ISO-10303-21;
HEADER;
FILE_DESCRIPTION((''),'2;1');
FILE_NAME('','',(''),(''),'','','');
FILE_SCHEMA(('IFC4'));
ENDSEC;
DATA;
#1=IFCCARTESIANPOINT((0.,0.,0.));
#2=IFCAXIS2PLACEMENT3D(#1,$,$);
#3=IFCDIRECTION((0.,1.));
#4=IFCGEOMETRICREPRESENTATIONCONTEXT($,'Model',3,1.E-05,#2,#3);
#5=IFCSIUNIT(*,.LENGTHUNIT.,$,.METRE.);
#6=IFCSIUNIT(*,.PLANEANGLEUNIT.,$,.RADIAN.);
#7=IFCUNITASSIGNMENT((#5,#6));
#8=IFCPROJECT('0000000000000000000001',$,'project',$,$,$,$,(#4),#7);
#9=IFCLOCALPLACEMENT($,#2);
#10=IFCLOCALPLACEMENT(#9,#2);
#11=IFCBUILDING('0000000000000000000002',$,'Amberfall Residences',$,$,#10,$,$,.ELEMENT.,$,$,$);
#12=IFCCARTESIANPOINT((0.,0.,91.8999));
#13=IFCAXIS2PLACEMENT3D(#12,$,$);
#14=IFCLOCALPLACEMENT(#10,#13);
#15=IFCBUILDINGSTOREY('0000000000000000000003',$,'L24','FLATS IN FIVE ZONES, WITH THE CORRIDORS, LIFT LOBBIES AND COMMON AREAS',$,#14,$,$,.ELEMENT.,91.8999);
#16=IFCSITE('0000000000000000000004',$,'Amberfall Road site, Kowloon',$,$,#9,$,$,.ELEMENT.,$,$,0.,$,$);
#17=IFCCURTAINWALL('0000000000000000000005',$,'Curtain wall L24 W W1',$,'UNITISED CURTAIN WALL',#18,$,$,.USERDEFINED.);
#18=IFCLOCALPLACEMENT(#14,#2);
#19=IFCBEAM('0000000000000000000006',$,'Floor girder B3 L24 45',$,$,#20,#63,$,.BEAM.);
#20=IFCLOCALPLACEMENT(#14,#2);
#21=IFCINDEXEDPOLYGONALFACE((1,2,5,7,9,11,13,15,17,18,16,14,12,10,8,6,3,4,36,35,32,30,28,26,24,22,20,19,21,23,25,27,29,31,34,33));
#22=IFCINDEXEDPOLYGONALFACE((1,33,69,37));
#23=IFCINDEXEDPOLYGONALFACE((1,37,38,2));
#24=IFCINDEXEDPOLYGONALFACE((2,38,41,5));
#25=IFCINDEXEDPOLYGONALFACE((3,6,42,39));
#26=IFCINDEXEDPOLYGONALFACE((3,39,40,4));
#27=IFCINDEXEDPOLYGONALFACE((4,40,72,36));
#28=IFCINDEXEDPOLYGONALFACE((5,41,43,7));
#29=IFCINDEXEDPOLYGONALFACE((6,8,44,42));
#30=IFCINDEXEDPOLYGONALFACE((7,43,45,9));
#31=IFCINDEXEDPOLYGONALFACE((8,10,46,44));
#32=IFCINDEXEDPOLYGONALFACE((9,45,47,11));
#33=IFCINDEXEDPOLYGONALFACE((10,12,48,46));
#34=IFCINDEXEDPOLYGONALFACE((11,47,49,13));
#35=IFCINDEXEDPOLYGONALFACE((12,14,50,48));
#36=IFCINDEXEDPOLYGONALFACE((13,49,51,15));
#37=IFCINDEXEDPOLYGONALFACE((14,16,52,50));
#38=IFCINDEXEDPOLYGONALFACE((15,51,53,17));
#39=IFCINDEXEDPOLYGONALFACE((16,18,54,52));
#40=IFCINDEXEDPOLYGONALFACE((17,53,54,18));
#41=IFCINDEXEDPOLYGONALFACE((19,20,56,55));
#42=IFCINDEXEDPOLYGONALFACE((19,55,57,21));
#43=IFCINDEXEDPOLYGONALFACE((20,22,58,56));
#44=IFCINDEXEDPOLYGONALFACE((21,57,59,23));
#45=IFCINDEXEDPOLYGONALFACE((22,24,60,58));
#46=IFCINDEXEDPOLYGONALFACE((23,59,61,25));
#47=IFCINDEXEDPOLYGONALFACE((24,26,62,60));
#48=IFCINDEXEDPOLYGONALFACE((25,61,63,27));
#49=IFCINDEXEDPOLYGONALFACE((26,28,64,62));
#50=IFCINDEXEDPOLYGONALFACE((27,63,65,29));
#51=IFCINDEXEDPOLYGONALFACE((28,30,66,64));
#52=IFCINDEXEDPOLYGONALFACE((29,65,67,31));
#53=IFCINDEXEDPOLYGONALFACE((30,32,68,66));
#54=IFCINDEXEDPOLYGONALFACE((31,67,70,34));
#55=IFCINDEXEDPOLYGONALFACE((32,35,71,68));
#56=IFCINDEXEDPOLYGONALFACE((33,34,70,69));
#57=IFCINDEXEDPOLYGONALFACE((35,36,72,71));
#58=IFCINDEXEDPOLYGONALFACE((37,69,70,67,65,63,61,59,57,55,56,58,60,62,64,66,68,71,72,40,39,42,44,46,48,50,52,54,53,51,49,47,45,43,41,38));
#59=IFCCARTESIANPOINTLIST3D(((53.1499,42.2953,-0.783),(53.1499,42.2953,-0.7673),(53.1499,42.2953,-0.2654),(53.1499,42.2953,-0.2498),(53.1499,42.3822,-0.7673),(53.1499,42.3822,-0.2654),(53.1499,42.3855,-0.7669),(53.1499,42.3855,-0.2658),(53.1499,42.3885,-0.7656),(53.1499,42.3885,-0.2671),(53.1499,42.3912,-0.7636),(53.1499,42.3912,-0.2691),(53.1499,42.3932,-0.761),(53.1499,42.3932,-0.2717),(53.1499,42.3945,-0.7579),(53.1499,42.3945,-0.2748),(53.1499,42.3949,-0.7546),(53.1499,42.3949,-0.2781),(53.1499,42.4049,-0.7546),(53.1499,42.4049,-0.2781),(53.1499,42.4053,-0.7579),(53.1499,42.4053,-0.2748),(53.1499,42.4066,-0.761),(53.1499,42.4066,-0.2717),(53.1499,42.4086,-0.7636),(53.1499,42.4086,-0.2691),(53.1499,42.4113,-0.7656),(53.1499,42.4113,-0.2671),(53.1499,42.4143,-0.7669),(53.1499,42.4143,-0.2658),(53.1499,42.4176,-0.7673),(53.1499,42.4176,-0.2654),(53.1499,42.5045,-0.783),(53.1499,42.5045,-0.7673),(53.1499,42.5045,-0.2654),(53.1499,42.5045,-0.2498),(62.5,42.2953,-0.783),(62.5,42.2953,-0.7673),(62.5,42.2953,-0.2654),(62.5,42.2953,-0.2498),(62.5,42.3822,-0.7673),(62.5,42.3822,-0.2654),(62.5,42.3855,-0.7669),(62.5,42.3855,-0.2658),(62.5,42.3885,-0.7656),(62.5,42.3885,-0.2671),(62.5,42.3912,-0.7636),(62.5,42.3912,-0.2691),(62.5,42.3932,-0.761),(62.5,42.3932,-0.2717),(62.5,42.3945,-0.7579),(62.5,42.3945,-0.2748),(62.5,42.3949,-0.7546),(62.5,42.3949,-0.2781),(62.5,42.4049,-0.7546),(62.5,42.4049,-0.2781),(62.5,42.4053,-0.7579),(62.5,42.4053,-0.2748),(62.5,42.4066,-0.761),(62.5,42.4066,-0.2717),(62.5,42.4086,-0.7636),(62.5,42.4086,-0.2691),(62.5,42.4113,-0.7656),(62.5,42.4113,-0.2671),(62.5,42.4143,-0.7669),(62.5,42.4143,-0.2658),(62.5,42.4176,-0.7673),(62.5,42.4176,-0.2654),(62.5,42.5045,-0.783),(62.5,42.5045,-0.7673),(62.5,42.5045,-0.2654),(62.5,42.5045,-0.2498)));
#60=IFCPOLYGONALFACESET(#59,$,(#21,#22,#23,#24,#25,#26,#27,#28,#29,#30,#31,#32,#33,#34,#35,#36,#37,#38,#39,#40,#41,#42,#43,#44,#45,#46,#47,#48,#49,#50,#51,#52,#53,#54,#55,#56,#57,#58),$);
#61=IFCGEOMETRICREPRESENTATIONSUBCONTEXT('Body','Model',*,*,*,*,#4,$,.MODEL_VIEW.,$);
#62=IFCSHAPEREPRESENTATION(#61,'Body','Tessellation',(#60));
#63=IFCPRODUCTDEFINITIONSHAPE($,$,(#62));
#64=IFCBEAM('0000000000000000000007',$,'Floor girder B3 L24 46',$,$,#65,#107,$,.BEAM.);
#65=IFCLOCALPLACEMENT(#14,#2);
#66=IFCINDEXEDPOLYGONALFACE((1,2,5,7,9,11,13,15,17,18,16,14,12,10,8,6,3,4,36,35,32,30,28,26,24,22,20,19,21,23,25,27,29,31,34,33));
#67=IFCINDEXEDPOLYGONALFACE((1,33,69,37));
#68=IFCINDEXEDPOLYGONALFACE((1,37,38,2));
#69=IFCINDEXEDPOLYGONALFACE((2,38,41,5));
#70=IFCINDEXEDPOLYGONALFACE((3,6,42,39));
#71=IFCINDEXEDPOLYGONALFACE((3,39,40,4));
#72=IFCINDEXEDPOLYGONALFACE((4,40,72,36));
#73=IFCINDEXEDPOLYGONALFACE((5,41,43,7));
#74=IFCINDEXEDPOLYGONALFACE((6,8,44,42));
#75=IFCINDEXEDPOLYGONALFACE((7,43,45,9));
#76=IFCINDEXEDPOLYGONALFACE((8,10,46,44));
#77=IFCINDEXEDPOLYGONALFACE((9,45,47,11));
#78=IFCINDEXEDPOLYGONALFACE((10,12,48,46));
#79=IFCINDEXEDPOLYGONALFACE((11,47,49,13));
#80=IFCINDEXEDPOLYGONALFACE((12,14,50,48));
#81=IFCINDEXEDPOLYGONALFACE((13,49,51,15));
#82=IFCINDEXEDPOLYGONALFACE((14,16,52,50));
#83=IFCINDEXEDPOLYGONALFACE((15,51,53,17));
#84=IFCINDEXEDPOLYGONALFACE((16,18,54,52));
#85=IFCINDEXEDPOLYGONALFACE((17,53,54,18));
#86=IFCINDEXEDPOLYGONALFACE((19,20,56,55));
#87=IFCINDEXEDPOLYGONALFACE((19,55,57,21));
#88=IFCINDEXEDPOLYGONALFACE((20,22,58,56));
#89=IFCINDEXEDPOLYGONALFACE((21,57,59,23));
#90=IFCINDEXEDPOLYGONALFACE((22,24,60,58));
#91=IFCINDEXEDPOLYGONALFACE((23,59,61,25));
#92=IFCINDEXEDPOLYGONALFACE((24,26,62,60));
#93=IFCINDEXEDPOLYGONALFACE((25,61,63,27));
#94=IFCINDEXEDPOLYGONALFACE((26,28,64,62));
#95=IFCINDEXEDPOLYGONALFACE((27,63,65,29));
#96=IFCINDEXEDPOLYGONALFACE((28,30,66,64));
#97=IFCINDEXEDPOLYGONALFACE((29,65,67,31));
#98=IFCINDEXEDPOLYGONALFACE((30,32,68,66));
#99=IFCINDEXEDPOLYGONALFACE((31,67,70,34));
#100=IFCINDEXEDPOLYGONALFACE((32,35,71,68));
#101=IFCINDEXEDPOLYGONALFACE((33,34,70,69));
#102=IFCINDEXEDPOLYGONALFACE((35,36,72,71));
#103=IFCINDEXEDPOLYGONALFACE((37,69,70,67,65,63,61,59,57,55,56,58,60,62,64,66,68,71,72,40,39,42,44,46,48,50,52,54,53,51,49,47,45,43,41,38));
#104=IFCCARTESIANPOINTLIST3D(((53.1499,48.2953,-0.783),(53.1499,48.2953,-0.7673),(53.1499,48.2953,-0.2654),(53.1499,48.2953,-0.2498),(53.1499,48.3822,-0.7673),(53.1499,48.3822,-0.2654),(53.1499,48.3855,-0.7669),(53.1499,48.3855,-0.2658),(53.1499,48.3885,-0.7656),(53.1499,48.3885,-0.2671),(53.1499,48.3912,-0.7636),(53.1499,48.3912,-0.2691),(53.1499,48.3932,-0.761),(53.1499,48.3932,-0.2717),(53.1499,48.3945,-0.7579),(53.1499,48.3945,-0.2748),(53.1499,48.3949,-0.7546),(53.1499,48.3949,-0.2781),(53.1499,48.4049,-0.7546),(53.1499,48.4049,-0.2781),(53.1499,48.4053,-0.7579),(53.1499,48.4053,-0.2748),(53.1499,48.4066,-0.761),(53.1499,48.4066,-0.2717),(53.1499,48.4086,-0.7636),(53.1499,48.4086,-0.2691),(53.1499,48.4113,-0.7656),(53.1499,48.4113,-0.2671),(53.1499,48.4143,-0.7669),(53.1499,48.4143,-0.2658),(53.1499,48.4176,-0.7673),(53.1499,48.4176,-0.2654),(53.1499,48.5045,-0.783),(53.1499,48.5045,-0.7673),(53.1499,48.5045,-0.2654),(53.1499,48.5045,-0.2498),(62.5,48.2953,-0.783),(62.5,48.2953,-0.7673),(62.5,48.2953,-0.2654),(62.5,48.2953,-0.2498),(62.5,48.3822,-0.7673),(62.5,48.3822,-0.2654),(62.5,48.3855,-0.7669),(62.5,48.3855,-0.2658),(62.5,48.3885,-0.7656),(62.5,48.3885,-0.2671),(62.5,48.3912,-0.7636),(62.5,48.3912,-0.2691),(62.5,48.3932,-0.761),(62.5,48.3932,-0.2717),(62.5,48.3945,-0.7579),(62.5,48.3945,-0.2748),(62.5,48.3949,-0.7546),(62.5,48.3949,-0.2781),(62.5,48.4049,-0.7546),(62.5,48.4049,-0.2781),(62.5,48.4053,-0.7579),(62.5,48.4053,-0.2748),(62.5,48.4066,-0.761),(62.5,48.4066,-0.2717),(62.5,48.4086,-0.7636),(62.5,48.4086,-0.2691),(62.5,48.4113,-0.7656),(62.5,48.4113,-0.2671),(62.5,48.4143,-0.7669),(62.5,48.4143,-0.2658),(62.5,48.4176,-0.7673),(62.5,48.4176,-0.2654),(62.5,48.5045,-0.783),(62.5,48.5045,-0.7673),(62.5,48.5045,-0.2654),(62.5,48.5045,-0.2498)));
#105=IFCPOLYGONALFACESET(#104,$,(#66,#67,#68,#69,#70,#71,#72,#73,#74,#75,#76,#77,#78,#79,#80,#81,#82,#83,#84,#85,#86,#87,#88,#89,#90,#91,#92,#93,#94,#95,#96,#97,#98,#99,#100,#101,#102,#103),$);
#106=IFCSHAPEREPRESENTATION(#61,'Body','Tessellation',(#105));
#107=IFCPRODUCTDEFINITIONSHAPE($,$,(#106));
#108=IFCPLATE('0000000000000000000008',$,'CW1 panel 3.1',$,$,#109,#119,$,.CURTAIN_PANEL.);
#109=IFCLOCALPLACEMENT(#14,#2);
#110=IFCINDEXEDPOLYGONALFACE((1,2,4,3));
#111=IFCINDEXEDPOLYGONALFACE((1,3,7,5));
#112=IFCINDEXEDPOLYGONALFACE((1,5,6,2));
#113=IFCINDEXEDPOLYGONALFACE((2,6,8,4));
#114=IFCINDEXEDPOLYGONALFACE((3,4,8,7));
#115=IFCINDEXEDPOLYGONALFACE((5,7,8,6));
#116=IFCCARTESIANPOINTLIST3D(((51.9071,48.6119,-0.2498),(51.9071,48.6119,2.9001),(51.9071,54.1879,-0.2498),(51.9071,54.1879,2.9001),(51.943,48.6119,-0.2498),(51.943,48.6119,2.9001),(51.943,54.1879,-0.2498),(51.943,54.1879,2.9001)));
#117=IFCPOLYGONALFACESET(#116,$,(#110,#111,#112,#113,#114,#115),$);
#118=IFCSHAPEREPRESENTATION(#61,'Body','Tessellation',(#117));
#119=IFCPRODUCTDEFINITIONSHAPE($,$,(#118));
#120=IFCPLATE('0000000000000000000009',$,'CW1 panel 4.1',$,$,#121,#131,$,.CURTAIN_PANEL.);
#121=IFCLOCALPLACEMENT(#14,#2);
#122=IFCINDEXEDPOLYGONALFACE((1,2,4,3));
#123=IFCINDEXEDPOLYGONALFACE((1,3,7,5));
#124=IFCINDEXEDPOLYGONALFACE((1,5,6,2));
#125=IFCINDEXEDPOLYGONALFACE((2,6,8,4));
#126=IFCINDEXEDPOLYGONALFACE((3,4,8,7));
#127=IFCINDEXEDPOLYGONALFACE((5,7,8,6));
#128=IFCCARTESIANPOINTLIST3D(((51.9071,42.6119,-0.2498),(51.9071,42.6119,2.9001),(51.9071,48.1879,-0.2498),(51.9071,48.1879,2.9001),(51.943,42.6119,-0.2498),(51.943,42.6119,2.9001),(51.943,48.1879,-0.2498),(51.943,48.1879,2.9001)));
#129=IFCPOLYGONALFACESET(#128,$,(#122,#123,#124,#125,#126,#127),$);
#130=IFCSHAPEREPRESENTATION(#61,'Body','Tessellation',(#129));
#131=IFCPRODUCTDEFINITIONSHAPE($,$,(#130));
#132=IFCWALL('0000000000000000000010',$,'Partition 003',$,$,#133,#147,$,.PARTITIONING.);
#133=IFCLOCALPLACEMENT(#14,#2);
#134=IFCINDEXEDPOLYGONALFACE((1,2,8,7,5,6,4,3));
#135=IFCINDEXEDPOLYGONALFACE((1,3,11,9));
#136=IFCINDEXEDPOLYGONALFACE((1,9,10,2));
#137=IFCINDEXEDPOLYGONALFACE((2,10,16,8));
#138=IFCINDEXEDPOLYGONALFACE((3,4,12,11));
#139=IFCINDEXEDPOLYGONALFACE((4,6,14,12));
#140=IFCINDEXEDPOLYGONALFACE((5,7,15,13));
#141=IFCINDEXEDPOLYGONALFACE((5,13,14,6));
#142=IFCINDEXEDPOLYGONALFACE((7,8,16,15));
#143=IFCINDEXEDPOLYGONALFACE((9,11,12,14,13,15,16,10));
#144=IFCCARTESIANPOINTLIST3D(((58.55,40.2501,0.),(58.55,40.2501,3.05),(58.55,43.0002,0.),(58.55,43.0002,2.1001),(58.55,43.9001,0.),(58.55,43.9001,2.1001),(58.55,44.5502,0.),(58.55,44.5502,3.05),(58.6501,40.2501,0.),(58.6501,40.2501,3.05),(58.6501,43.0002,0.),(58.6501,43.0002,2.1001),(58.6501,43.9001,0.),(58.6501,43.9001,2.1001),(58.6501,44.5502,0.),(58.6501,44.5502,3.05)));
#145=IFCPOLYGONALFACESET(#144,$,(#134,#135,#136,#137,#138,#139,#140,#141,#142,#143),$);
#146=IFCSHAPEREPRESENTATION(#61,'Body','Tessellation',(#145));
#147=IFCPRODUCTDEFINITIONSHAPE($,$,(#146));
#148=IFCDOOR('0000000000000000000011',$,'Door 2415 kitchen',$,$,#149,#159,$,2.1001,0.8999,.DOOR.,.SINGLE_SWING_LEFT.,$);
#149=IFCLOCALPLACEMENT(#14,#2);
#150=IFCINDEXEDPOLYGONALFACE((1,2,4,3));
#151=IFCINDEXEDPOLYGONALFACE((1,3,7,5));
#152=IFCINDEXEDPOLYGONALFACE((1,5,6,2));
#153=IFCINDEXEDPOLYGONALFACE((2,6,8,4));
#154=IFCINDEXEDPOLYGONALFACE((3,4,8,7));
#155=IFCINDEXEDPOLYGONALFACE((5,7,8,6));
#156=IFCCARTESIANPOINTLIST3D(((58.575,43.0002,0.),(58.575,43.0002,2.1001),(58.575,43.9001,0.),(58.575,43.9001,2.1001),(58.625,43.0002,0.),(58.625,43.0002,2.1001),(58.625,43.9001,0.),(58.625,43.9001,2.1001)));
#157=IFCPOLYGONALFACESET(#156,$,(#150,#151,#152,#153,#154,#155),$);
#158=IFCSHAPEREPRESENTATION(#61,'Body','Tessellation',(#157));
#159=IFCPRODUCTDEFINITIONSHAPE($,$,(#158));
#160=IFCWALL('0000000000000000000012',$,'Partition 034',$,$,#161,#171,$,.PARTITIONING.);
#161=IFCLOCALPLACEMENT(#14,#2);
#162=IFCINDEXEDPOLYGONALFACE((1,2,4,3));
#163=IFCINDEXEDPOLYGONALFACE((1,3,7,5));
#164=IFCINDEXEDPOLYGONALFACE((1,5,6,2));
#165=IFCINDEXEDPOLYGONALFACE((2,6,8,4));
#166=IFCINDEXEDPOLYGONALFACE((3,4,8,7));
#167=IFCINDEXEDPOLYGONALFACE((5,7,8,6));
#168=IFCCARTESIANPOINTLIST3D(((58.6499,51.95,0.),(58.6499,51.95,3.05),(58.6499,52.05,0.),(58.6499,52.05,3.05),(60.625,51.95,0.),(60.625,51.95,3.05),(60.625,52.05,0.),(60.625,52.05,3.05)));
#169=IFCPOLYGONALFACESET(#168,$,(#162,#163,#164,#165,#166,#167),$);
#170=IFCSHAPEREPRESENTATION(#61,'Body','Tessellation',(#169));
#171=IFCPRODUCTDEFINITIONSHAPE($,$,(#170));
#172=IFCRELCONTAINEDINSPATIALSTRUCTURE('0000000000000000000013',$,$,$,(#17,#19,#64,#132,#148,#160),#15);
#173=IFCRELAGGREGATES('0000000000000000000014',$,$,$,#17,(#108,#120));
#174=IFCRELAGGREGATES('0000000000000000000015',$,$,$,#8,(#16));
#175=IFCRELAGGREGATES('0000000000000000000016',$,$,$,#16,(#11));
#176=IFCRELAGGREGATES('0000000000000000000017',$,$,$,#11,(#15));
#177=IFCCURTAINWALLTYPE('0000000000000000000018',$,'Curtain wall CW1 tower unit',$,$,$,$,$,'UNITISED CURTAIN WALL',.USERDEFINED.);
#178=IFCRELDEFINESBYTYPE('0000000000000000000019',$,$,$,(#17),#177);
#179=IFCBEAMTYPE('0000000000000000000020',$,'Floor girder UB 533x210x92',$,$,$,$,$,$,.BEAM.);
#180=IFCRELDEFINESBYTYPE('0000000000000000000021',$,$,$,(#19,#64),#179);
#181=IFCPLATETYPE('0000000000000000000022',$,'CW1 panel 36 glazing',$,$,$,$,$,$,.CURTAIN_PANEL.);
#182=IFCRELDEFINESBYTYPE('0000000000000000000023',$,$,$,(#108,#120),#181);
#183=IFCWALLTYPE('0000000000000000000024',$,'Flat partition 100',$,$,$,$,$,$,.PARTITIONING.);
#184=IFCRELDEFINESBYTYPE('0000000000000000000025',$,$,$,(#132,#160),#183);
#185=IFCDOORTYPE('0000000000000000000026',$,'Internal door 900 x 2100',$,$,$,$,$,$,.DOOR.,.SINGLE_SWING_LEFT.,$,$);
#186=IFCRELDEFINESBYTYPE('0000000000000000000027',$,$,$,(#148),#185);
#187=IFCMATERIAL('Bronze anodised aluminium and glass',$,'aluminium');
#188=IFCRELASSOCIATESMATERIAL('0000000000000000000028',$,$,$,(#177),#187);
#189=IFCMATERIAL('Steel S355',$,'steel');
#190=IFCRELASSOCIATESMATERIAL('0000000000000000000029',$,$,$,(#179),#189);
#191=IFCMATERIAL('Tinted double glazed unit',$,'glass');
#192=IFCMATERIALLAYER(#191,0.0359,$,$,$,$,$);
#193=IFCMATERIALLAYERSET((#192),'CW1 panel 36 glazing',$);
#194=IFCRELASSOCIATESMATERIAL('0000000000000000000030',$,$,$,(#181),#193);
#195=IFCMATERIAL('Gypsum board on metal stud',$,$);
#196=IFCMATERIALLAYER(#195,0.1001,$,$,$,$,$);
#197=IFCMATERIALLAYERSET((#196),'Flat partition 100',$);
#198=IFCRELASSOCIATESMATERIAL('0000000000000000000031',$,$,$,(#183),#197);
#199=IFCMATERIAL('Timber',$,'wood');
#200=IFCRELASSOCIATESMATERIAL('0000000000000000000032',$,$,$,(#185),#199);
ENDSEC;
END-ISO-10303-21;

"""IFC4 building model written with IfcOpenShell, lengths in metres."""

from ifc_helpers import new_model, si_unit, direction, frame, frame_2d, origin, origin_2d, place, context, subcontext, project, spatial, rectangle, i_section, extrude, material, layer, layer_set, material_profile, profile_set, type_object, element, fill, aggregate, save


model = new_model("IFC4")

# Units and contexts
model_context = context("Model", 3, precision=1e-05, world=origin(), true_north=direction((0.0, 1.0)))
body_context = subcontext(model_context, "Body", "Model", "MODEL_VIEW")
ifc_project = project(units=[si_unit("LENGTHUNIT", "METRE"), si_unit("PLANEANGLEUNIT", "RADIAN")], contexts=[model_context])

# Site, building, storey
site_placement = place(None, origin())
site = spatial("IfcSite", under=ifc_project, at=site_placement, Name="Amberfall Road site, Kowloon", CompositionType="ELEMENT", RefElevation=0.0)
building_placement = place(site_placement, origin())
building = spatial("IfcBuilding", under=site, at=building_placement, Name="Amberfall Residences", CompositionType="ELEMENT")
storey_placement = place(building_placement, frame((0.0, 0.0, 91.8999)))
storey = spatial("IfcBuildingStorey", under=building, at=storey_placement, Name="L24", Description="FLATS IN FIVE ZONES, WITH THE CORRIDORS, LIFT LOBBIES AND COMMON AREAS", CompositionType="ELEMENT", Elevation=91.8999)

# Curtain wall
ifc_material_1 = material(Name="Bronze anodised aluminium and glass", Category="aluminium")
curtain_wall_type = type_object("IfcCurtainWallType", Name="Curtain wall CW1 tower unit", ElementType="UNITISED CURTAIN WALL", PredefinedType="USERDEFINED", material=ifc_material_1)
curtain_wall_placement = place(storey_placement, origin())
curtain_wall = element("IfcCurtainWall", 1, at=curtain_wall_placement, inside=storey, type_object=curtain_wall_type, Name="Curtain wall L24 W W1", ObjectType="UNITISED CURTAIN WALL", PredefinedType="USERDEFINED")

# Shared definitions
ifc_material_2 = material(Name="Steel S355", Category="steel")

# Beams
ifc_material_profile_1 = material_profile(ifc_material_2, i_section(OverallWidth=0.2092, OverallDepth=0.5332, WebThickness=0.01, FlangeThickness=0.0156, FilletRadius=0.0127, at=origin_2d()), Name="UB 533x210x92")
ifc_profile_set_1 = profile_set([ifc_material_profile_1], Name="Steel S355")
beam_type_1 = type_object("IfcBeamType", Name="Floor girder UB 533x210x92", PredefinedType="BEAM", material=ifc_profile_set_1)
for number, where, z_axis, x_axis, name in (
    (2, (53.1499, 42.3999, -0.5164), (1.0, 0.0, 0.0), (0.0, 1.0, 0.0), "Floor girder B3 L24 45"),
    (3, (53.1499, 48.3999, -0.5164), (1.0, 0.0, 0.0), (0.0, 1.0, 0.0), "Floor girder B3 L24 46"),
):
    element("IfcBeam", number, at=place(storey_placement, frame(where, z_axis=z_axis, x_axis=x_axis)), inside=storey, type_object=beam_type_1, Name=name, PredefinedType="BEAM", context=body_context, shape_type="SweptSolid", body=[
        extrude(i_section(OverallWidth=0.2092, OverallDepth=0.5332, WebThickness=0.01, FlangeThickness=0.0156, FilletRadius=0.0127, at=origin_2d()), origin(), (0.0, 0.0, 1.0), 9.3501),
    ])

# Plates
ifc_material_3 = material(Name="Tinted double glazed unit", Category="glass")
ifc_layer_1 = layer(ifc_material_3, 0.0359)
ifc_layer_set_1 = layer_set([ifc_layer_1], Name="CW1 panel 36 glazing")
plate_type = type_object("IfcPlateType", Name="CW1 panel 36 glazing", PredefinedType="CURTAIN_PANEL", material=ifc_layer_set_1)
plate_1_placement = place(storey_placement, frame((51.925, 51.3999, -0.2498), z_axis=(0.0, 0.0, 1.0), x_axis=(0.0, -1.0, 0.0)))
plate_1 = element("IfcPlate", 4, at=plate_1_placement, type_object=plate_type, Name="CW1 panel 3.1", PredefinedType="CURTAIN_PANEL", context=body_context, shape_type="SweptSolid", body=[
    extrude(rectangle(XDim=5.5759, YDim=0.0359, at=origin_2d()), origin(), (0.0, 0.0, 1.0), 3.1499),
])
plate_2_placement = place(storey_placement, frame((51.925, 45.3999, -0.2498), z_axis=(0.0, 0.0, 1.0), x_axis=(0.0, -1.0, 0.0)))
plate_2 = element("IfcPlate", 5, at=plate_2_placement, type_object=plate_type, Name="CW1 panel 4.1", PredefinedType="CURTAIN_PANEL", context=body_context, shape_type="SweptSolid", body=[
    extrude(rectangle(XDim=5.5759, YDim=0.0359, at=origin_2d()), origin(), (0.0, 0.0, 1.0), 3.1499),
])
aggregate(curtain_wall, [plate_1, plate_2])

# Wall, opening, door
ifc_material_4 = material(Name="Gypsum board on metal stud")
ifc_layer_2 = layer(ifc_material_4, 0.1001)
ifc_layer_set_2 = layer_set([ifc_layer_2], Name="Flat partition 100")
wall_type_1 = type_object("IfcWallType", Name="Flat partition 100", PredefinedType="PARTITIONING", material=ifc_layer_set_2)
wall_1_placement = place(storey_placement, frame((58.6001, 44.55, 0.0), z_axis=(0.0, 0.0, 1.0), x_axis=(0.0, -1.0, 0.0)))
wall_1 = element("IfcWall", 6, at=wall_1_placement, inside=storey, type_object=wall_type_1, Name="Partition 003", PredefinedType="PARTITIONING", context=body_context, shape_type="SweptSolid", body=[
    extrude(rectangle(XDim=4.3, YDim=0.1001, at=frame_2d((2.1499, 0.0))), origin(), (0.0, 0.0, 1.0), 3.05),
])
opening_1_placement = place(wall_1_placement, frame((0.6499, 0.0, 0.0)))
opening_1 = element("IfcOpeningElement", 7, at=opening_1_placement, cuts=wall_1, PredefinedType="OPENING", context=body_context, shape_type="SweptSolid", body=[
    extrude(rectangle(XDim=0.8999, YDim=2.1001, at=frame_2d((0.45, 1.05))), frame((0.0, 0.0601, 0.0), z_axis=(0.0, -1.0, 0.0), x_axis=(1.0, 0.0, 0.0)), (0.0, 0.0, 1.0), 0.1201),
])
ifc_material_5 = material(Name="Timber", Category="wood")
door_type_1 = type_object("IfcDoorType", Name="Internal door 900 x 2100", OperationType="SINGLE_SWING_LEFT", PredefinedType="DOOR", material=ifc_material_5)
door_1_placement = place(opening_1_placement, origin())
door_1 = element("IfcDoor", 8, at=door_1_placement, inside=storey, type_object=door_type_1, Name="Door 2415 kitchen", OperationType="SINGLE_SWING_LEFT", OverallHeight=2.1001, OverallWidth=0.8999, PredefinedType="DOOR", context=body_context, shape_type="SweptSolid", body=[
    extrude(rectangle(XDim=0.8999, YDim=2.1001, at=frame_2d((0.45, 1.05))), frame((0.0, 0.0249, 0.0), z_axis=(0.0, -1.0, 0.0), x_axis=(1.0, 0.0, 0.0)), (0.0, 0.0, 1.0), 0.05),
])
fill(opening_1, door_1)

# Wall
wall_2_placement = place(storey_placement, frame((58.6499, 52.0, 0.0), z_axis=(0.0, 0.0, 1.0), x_axis=(1.0, 0.0, 0.0)))
element("IfcWall", 9, at=wall_2_placement, inside=storey, type_object=wall_type_1, Name="Partition 034", PredefinedType="PARTITIONING", context=body_context, shape_type="SweptSolid", body=[
    extrude(rectangle(XDim=1.9751, YDim=0.1001, at=frame_2d((0.9875, 0.0))), origin(), (0.0, 0.0, 1.0), 3.05),
])

save(model, "model.ifc")
